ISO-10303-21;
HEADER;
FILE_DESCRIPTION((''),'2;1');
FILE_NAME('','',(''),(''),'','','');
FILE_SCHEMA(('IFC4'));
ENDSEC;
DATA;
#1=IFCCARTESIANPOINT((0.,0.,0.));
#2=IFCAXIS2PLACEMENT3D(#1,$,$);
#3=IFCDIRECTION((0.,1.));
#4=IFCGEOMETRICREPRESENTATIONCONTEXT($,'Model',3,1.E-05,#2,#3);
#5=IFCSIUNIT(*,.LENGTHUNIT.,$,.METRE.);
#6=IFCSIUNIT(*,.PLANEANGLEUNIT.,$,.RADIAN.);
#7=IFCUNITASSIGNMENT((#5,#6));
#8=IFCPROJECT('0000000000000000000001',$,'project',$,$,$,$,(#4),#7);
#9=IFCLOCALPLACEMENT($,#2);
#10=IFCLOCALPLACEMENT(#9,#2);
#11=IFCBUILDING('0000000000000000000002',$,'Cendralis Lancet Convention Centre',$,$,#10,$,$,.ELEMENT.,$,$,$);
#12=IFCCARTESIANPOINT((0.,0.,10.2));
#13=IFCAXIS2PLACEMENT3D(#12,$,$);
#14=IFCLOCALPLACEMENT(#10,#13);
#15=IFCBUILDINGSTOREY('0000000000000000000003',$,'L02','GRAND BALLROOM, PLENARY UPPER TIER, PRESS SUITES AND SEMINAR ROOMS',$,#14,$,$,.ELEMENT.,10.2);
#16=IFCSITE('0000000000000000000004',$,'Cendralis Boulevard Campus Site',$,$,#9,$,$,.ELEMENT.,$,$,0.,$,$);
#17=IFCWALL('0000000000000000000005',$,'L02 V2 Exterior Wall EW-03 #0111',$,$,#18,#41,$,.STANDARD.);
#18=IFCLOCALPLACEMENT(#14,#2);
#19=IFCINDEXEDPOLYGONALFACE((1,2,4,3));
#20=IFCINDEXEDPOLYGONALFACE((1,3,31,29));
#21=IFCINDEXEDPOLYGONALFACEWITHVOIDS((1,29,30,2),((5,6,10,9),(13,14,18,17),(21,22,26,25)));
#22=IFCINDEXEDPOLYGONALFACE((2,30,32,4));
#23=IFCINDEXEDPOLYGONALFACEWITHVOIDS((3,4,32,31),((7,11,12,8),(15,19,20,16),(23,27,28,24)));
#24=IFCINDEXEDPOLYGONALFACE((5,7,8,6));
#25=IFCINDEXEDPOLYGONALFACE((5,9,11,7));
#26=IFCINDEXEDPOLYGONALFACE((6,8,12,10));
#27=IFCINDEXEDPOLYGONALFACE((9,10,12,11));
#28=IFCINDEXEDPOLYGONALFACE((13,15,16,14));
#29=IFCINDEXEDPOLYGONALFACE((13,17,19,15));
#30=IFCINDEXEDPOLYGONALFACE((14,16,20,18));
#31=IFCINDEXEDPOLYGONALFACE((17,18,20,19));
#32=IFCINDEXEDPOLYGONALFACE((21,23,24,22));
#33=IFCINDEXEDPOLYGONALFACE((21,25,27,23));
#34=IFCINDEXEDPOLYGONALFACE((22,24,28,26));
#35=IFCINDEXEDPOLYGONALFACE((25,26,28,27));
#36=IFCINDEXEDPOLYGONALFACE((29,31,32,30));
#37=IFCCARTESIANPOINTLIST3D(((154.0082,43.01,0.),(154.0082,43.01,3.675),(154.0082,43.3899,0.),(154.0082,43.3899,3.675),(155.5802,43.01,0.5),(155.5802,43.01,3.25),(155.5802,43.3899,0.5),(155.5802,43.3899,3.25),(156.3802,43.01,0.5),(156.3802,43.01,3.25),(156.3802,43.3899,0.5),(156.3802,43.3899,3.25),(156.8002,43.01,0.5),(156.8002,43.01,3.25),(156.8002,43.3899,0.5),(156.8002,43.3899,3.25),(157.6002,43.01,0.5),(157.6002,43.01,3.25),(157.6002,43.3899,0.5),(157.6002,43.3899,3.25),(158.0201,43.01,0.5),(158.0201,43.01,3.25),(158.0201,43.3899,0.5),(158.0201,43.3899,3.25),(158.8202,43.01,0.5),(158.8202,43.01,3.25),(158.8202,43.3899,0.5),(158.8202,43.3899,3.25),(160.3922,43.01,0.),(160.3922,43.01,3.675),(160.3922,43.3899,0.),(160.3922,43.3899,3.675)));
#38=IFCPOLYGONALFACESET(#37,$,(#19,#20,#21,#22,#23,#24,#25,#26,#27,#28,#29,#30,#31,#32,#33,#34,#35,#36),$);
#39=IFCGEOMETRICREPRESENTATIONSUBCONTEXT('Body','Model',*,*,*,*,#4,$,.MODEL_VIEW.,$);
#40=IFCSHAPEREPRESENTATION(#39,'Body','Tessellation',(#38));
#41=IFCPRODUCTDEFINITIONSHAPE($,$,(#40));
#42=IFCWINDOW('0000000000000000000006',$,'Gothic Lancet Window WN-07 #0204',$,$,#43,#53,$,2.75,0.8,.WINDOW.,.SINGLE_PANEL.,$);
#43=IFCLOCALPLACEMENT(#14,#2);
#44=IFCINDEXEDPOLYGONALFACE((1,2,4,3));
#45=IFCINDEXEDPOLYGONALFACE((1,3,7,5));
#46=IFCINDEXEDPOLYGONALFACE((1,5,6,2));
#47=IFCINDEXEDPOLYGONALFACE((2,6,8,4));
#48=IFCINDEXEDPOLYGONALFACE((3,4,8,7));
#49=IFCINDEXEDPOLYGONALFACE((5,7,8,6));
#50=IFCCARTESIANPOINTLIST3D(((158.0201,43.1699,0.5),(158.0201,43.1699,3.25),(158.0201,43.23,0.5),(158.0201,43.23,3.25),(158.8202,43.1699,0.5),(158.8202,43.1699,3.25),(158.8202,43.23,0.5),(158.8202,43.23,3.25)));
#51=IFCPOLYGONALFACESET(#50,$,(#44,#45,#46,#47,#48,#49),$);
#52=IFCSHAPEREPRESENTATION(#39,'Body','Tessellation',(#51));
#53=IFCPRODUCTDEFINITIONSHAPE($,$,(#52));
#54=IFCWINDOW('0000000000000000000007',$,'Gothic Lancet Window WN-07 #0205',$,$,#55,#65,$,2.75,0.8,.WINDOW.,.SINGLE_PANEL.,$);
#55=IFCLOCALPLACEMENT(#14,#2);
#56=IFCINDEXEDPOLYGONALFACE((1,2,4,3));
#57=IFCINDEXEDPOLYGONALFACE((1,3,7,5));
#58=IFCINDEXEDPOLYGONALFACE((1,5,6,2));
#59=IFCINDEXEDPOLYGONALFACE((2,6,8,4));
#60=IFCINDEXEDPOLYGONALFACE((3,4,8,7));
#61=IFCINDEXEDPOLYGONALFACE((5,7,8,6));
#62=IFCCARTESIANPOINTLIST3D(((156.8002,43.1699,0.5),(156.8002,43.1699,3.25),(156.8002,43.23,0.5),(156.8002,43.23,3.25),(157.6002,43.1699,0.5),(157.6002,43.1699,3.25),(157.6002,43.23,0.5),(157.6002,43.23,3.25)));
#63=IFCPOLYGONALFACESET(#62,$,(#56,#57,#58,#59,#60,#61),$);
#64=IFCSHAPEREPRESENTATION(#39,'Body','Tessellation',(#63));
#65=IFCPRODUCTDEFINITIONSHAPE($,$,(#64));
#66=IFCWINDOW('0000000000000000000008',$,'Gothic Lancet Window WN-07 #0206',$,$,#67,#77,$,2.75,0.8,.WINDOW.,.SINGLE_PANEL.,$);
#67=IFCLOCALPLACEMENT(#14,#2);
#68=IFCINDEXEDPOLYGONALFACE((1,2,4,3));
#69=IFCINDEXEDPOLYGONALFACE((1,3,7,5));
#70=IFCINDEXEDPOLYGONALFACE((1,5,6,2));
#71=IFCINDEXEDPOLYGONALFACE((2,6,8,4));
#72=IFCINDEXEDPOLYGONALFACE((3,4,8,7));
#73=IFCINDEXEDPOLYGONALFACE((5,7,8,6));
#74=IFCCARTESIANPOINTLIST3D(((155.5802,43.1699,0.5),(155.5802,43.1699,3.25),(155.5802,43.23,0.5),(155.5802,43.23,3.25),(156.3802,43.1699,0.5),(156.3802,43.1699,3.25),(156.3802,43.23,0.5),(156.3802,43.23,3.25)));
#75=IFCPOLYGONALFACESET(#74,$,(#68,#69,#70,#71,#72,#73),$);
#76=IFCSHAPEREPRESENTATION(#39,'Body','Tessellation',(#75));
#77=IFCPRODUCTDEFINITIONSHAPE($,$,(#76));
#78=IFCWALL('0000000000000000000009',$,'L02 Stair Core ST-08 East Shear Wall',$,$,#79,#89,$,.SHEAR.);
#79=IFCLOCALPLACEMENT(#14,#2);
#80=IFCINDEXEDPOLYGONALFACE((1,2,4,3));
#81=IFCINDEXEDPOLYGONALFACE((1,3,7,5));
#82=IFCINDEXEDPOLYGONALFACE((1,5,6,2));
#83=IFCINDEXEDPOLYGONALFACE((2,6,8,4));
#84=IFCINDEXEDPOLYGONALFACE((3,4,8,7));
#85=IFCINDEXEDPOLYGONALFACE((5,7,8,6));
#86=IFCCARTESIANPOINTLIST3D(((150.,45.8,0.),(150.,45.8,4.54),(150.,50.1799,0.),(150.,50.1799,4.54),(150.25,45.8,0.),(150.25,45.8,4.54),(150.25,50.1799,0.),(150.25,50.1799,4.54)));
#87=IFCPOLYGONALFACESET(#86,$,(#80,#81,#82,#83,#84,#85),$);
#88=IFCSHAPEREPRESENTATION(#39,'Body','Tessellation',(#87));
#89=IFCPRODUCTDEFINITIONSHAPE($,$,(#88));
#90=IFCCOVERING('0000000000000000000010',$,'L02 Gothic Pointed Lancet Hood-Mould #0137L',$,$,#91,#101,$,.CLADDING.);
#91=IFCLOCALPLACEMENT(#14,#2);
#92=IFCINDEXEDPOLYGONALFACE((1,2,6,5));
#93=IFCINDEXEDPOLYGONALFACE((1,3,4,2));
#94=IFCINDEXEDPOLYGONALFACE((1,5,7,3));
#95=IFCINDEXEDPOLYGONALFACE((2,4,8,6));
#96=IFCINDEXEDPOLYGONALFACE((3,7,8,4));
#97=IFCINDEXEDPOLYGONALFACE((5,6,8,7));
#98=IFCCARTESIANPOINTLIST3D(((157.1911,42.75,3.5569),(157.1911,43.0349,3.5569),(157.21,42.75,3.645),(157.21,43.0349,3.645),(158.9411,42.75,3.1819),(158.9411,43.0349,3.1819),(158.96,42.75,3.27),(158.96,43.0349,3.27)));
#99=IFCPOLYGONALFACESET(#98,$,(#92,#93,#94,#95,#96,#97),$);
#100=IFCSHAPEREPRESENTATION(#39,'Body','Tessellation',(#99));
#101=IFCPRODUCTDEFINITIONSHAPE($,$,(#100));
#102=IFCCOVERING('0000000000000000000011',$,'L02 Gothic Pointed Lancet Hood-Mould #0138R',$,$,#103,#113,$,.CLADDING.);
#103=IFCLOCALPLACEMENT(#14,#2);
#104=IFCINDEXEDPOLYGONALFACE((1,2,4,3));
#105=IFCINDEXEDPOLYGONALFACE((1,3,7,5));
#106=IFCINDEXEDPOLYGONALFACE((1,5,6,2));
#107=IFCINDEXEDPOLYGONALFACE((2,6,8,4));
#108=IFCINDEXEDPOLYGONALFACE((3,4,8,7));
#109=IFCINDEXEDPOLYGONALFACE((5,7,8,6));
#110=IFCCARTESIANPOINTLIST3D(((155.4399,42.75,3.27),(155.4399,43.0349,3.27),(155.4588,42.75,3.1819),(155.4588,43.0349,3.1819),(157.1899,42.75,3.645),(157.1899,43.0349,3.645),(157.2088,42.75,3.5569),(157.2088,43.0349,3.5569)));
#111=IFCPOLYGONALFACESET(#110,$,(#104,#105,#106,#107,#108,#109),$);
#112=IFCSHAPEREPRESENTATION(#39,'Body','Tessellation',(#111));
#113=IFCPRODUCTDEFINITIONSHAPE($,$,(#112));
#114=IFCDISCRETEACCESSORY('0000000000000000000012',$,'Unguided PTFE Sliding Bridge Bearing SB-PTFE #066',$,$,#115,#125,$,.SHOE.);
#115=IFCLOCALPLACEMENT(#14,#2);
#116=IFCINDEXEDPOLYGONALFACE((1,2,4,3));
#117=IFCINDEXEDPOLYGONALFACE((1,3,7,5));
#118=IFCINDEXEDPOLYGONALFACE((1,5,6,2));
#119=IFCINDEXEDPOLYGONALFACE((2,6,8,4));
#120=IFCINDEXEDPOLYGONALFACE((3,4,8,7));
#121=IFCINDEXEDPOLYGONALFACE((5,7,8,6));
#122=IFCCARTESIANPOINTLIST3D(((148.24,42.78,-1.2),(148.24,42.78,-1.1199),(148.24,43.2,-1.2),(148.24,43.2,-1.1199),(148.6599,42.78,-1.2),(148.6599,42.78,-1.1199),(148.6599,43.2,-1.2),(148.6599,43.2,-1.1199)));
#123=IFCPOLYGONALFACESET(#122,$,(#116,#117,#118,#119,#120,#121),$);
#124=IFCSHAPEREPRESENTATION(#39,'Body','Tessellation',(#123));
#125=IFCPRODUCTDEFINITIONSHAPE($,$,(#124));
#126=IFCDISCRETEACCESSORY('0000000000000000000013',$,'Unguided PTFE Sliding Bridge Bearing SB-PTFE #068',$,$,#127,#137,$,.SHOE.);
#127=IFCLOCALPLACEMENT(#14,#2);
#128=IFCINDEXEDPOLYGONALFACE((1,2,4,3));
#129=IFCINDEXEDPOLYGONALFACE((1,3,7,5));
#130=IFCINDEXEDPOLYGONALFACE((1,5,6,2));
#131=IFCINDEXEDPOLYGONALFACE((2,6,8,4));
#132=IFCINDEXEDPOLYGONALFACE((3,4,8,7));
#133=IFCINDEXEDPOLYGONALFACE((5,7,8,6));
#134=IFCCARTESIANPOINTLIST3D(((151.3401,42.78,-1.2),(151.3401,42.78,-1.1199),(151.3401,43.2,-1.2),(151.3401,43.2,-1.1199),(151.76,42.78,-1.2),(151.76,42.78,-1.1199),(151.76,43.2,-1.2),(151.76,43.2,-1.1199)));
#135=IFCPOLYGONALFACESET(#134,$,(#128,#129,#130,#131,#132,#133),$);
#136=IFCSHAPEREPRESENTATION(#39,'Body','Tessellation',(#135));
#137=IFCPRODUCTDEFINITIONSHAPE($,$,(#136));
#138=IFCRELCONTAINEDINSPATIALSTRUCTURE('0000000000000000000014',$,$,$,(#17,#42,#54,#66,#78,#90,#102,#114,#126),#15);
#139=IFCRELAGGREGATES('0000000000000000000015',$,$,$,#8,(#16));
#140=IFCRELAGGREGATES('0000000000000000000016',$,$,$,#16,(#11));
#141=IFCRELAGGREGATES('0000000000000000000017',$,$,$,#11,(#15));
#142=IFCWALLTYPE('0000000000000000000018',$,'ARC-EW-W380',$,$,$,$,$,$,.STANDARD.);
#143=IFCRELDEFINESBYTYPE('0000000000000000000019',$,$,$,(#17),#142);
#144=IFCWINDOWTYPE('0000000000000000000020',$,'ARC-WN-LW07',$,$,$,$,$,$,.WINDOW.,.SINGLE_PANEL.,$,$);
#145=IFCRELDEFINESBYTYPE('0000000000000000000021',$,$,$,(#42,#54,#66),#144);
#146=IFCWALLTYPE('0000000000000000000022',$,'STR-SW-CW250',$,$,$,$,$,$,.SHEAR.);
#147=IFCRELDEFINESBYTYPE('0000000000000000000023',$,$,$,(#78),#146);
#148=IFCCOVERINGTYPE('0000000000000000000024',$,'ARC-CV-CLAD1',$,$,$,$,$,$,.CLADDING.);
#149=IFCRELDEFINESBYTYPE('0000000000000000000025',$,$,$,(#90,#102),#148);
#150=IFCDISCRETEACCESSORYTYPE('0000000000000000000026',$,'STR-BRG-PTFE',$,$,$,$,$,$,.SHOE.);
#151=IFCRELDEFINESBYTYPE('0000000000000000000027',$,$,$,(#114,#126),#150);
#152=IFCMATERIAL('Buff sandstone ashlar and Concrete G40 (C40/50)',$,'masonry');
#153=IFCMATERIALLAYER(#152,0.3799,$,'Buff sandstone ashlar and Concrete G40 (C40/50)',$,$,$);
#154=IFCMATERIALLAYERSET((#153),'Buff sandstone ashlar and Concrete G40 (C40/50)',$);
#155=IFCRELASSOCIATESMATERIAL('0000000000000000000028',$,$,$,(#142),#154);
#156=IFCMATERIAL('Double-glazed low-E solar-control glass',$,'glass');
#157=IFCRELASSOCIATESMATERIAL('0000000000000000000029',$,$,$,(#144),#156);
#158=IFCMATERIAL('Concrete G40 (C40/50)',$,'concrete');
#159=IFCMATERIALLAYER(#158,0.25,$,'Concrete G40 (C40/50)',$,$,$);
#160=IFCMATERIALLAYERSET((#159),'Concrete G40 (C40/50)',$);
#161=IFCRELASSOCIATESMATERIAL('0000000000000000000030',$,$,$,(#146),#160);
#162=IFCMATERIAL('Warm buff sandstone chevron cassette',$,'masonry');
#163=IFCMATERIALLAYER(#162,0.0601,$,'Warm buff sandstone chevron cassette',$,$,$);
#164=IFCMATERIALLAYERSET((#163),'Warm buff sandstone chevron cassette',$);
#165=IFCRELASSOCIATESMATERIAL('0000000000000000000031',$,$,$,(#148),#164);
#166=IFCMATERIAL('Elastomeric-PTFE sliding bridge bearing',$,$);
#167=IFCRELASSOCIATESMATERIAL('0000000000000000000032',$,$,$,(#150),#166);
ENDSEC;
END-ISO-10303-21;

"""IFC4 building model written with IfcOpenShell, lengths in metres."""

from ifc_helpers import new_model, si_unit, direction, frame, frame_2d, origin, origin_2d, place, context, subcontext, project, spatial, polyline, rectangle, outline, extrude, material, layer, layer_set, type_object, element, fill, save


model = new_model("IFC4")

# Units and contexts
model_context = context("Model", 3, precision=1e-05, world=origin(), true_north=direction((0.0, 1.0)))
body_context = subcontext(model_context, "Body", "Model", "MODEL_VIEW")
ifc_project = project(units=[si_unit("LENGTHUNIT", "METRE"), si_unit("PLANEANGLEUNIT", "RADIAN")], contexts=[model_context])

# Site, building, storey
site_placement = place(None, origin())
site = spatial("IfcSite", under=ifc_project, at=site_placement, Name="Cendralis Boulevard Campus Site", CompositionType="ELEMENT", RefElevation=0.0)
building_placement = place(site_placement, origin())
building = spatial("IfcBuilding", under=site, at=building_placement, Name="Cendralis Lancet Convention Centre", CompositionType="ELEMENT")
storey_placement = place(building_placement, frame((0.0, 0.0, 10.2)))
storey = spatial("IfcBuildingStorey", under=building, at=storey_placement, Name="L02", Description="GRAND BALLROOM, PLENARY UPPER TIER, PRESS SUITES AND SEMINAR ROOMS", CompositionType="ELEMENT", Elevation=10.2)

# Shared definitions
ifc_material_1 = material(Name="Concrete G40 (C40/50)", Category="concrete")

# Shared definitions
ifc_material_2 = material(Name="Double-glazed low-E solar-control glass", Category="glass")

# Shared definitions
ifc_material_3 = material(Name="Buff sandstone ashlar and Concrete G40 (C40/50)", Category="masonry")
ifc_layer_1 = layer(ifc_material_3, 0.3799, Name="Buff sandstone ashlar and Concrete G40 (C40/50)")
ifc_layer_set_1 = layer_set([ifc_layer_1], Name="Buff sandstone ashlar and Concrete G40 (C40/50)")
wall_type_1 = type_object("IfcWallType", Name="ARC-EW-W380", PredefinedType="STANDARD", material=ifc_layer_set_1)

# Wall, openings, windows
wall_1_placement = place(storey_placement, frame((160.3921, 43.2, 0.0), z_axis=(0.0, 0.0, 1.0), x_axis=(-1.0, 0.0, 0.0)))
wall_1 = element("IfcWall", 1, at=wall_1_placement, inside=storey, type_object=wall_type_1, Name="L02 V2 Exterior Wall EW-03 #0111", PredefinedType="STANDARD", context=body_context, shape_type="SweptSolid", body=[
    extrude(rectangle(XDim=6.384, YDim=0.3799, at=frame_2d((3.1919, 0.0))), origin(), (0.0, 0.0, 1.0), 3.675),
])
opening_1_placement = place(wall_1_placement, frame((1.572, 0.0, 0.5)))
opening_1 = element("IfcOpeningElement", 2, at=opening_1_placement, cuts=wall_1, PredefinedType="OPENING", context=body_context, shape_type="SweptSolid", body=[
    extrude(rectangle(XDim=0.8, YDim=2.75, at=frame_2d((0.3999, 1.375))), frame((0.0, 0.2, 0.0), z_axis=(0.0, -1.0, 0.0), x_axis=(1.0, 0.0, 0.0)), (0.0, 0.0, 1.0), 0.3999),
])
opening_2_placement = place(wall_1_placement, frame((2.792, 0.0, 0.5)))
opening_2 = element("IfcOpeningElement", 3, at=opening_2_placement, cuts=wall_1, PredefinedType="OPENING", context=body_context, shape_type="SweptSolid", body=[
    extrude(rectangle(XDim=0.8, YDim=2.75, at=frame_2d((0.3999, 1.375))), frame((0.0, 0.2, 0.0), z_axis=(0.0, -1.0, 0.0), x_axis=(1.0, 0.0, 0.0)), (0.0, 0.0, 1.0), 0.3999),
])
opening_3_placement = place(wall_1_placement, frame((4.012, 0.0, 0.5)))
opening_3 = element("IfcOpeningElement", 4, at=opening_3_placement, cuts=wall_1, PredefinedType="OPENING", context=body_context, shape_type="SweptSolid", body=[
    extrude(rectangle(XDim=0.8, YDim=2.75, at=frame_2d((0.3999, 1.375))), frame((0.0, 0.2, 0.0), z_axis=(0.0, -1.0, 0.0), x_axis=(1.0, 0.0, 0.0)), (0.0, 0.0, 1.0), 0.3999),
])
window_type = type_object("IfcWindowType", Name="ARC-WN-LW07", PartitioningType="SINGLE_PANEL", PredefinedType="WINDOW", material=ifc_material_2)
window_1_placement = place(opening_1_placement, origin())
window_1 = element("IfcWindow", 5, at=window_1_placement, inside=storey, type_object=window_type, Name="Gothic Lancet Window WN-07 #0204", OverallHeight=2.75, OverallWidth=0.8, PartitioningType="SINGLE_PANEL", PredefinedType="WINDOW", context=body_context, shape_type="SweptSolid", body=[
    extrude(rectangle(XDim=0.8, YDim=2.75, at=frame_2d((0.3999, 1.375))), frame((0.0, 0.03, 0.0), z_axis=(0.0, -1.0, 0.0), x_axis=(1.0, 0.0, 0.0)), (0.0, 0.0, 1.0), 0.0601),
])
fill(opening_1, window_1)
window_2_placement = place(opening_2_placement, origin())
window_2 = element("IfcWindow", 6, at=window_2_placement, inside=storey, type_object=window_type, Name="Gothic Lancet Window WN-07 #0205", OverallHeight=2.75, OverallWidth=0.8, PartitioningType="SINGLE_PANEL", PredefinedType="WINDOW", context=body_context, shape_type="SweptSolid", body=[
    extrude(rectangle(XDim=0.8, YDim=2.75, at=frame_2d((0.3999, 1.375))), frame((0.0, 0.03, 0.0), z_axis=(0.0, -1.0, 0.0), x_axis=(1.0, 0.0, 0.0)), (0.0, 0.0, 1.0), 0.0601),
])
fill(opening_2, window_2)
window_3_placement = place(opening_3_placement, origin())
window_3 = element("IfcWindow", 7, at=window_3_placement, inside=storey, type_object=window_type, Name="Gothic Lancet Window WN-07 #0206", OverallHeight=2.75, OverallWidth=0.8, PartitioningType="SINGLE_PANEL", PredefinedType="WINDOW", context=body_context, shape_type="SweptSolid", body=[
    extrude(rectangle(XDim=0.8, YDim=2.75, at=frame_2d((0.3999, 1.375))), frame((0.0, 0.03, 0.0), z_axis=(0.0, -1.0, 0.0), x_axis=(1.0, 0.0, 0.0)), (0.0, 0.0, 1.0), 0.0601),
])
fill(opening_3, window_3)

# Wall
ifc_layer_2 = layer(ifc_material_1, 0.25, Name="Concrete G40 (C40/50)")
ifc_layer_set_2 = layer_set([ifc_layer_2], Name="Concrete G40 (C40/50)")
wall_type_2 = type_object("IfcWallType", Name="STR-SW-CW250", PredefinedType="SHEAR", material=ifc_layer_set_2)
wall_2_placement = place(storey_placement, frame((150.125, 45.8, 0.0), z_axis=(0.0, 0.0, 1.0), x_axis=(0.0, 1.0, 0.0)))
element("IfcWall", 8, at=wall_2_placement, inside=storey, type_object=wall_type_2, Name="L02 Stair Core ST-08 East Shear Wall", PredefinedType="SHEAR", context=body_context, shape_type="SweptSolid", body=[
    extrude(rectangle(XDim=4.3799, YDim=0.25, at=frame_2d((2.1899, 0.0))), origin(), (0.0, 0.0, 1.0), 4.54),
])

# Coverings
ifc_material_4 = material(Name="Warm buff sandstone chevron cassette", Category="masonry")
ifc_layer_3 = layer(ifc_material_4, 0.0601, Name="Warm buff sandstone chevron cassette")
ifc_layer_set_3 = layer_set([ifc_layer_3], Name="Warm buff sandstone chevron cassette")
covering_type = type_object("IfcCoveringType", Name="ARC-CV-CLAD1", PredefinedType="CLADDING", material=ifc_layer_set_3)
for number, where, z_axis, x_axis, name in (
    (9, (158.96, 42.75, 3.27), (0.209529, 0.0, 0.977802), (0.0, 1.0, 0.0), "L02 Gothic Pointed Lancet Hood-Mould #0137L"),
    (10, (157.1899, 42.75, 3.645), (-0.209529, 0.0, 0.977802), (0.0, 1.0, 0.0), "L02 Gothic Pointed Lancet Hood-Mould #0138R"),
):
    element("IfcCovering", number, at=place(storey_placement, frame(where, z_axis=z_axis, x_axis=x_axis)), inside=storey, type_object=covering_type, Name=name, PredefinedType="CLADDING", context=body_context, shape_type="SweptSolid", body=[
        extrude(outline(polyline([(0.0, 0.0), (0.2849, 0.0), (0.2849, 1.7897), (0.0, 1.7897), (0.0, 0.0)])), origin(), (0.0, 0.0, -1.0), 0.0901),
    ])

# Discrete accessories
ifc_material_5 = material(Name="Elastomeric-PTFE sliding bridge bearing")
discrete_accessory_type = type_object("IfcDiscreteAccessoryType", Name="STR-BRG-PTFE", PredefinedType="SHOE", material=ifc_material_5)
for number, where, z_axis, x_axis, name in (
    (11, (148.45, 42.99, -1.2), (0.0, 0.0, 1.0), (1.0, 0.0, 0.0), "Unguided PTFE Sliding Bridge Bearing SB-PTFE #066"),
    (12, (151.55, 42.99, -1.2), (0.0, 0.0, 1.0), (1.0, 0.0, 0.0), "Unguided PTFE Sliding Bridge Bearing SB-PTFE #068"),
):
    element("IfcDiscreteAccessory", number, at=place(storey_placement, frame(where, z_axis=z_axis, x_axis=x_axis)), inside=storey, type_object=discrete_accessory_type, Name=name, PredefinedType="SHOE", context=body_context, shape_type="SweptSolid", body=[
        extrude(rectangle(XDim=0.4199, YDim=0.4199, at=origin_2d()), origin(), (0.0, 0.0, 1.0), 0.0801),
    ])

save(model, "model.ifc")
